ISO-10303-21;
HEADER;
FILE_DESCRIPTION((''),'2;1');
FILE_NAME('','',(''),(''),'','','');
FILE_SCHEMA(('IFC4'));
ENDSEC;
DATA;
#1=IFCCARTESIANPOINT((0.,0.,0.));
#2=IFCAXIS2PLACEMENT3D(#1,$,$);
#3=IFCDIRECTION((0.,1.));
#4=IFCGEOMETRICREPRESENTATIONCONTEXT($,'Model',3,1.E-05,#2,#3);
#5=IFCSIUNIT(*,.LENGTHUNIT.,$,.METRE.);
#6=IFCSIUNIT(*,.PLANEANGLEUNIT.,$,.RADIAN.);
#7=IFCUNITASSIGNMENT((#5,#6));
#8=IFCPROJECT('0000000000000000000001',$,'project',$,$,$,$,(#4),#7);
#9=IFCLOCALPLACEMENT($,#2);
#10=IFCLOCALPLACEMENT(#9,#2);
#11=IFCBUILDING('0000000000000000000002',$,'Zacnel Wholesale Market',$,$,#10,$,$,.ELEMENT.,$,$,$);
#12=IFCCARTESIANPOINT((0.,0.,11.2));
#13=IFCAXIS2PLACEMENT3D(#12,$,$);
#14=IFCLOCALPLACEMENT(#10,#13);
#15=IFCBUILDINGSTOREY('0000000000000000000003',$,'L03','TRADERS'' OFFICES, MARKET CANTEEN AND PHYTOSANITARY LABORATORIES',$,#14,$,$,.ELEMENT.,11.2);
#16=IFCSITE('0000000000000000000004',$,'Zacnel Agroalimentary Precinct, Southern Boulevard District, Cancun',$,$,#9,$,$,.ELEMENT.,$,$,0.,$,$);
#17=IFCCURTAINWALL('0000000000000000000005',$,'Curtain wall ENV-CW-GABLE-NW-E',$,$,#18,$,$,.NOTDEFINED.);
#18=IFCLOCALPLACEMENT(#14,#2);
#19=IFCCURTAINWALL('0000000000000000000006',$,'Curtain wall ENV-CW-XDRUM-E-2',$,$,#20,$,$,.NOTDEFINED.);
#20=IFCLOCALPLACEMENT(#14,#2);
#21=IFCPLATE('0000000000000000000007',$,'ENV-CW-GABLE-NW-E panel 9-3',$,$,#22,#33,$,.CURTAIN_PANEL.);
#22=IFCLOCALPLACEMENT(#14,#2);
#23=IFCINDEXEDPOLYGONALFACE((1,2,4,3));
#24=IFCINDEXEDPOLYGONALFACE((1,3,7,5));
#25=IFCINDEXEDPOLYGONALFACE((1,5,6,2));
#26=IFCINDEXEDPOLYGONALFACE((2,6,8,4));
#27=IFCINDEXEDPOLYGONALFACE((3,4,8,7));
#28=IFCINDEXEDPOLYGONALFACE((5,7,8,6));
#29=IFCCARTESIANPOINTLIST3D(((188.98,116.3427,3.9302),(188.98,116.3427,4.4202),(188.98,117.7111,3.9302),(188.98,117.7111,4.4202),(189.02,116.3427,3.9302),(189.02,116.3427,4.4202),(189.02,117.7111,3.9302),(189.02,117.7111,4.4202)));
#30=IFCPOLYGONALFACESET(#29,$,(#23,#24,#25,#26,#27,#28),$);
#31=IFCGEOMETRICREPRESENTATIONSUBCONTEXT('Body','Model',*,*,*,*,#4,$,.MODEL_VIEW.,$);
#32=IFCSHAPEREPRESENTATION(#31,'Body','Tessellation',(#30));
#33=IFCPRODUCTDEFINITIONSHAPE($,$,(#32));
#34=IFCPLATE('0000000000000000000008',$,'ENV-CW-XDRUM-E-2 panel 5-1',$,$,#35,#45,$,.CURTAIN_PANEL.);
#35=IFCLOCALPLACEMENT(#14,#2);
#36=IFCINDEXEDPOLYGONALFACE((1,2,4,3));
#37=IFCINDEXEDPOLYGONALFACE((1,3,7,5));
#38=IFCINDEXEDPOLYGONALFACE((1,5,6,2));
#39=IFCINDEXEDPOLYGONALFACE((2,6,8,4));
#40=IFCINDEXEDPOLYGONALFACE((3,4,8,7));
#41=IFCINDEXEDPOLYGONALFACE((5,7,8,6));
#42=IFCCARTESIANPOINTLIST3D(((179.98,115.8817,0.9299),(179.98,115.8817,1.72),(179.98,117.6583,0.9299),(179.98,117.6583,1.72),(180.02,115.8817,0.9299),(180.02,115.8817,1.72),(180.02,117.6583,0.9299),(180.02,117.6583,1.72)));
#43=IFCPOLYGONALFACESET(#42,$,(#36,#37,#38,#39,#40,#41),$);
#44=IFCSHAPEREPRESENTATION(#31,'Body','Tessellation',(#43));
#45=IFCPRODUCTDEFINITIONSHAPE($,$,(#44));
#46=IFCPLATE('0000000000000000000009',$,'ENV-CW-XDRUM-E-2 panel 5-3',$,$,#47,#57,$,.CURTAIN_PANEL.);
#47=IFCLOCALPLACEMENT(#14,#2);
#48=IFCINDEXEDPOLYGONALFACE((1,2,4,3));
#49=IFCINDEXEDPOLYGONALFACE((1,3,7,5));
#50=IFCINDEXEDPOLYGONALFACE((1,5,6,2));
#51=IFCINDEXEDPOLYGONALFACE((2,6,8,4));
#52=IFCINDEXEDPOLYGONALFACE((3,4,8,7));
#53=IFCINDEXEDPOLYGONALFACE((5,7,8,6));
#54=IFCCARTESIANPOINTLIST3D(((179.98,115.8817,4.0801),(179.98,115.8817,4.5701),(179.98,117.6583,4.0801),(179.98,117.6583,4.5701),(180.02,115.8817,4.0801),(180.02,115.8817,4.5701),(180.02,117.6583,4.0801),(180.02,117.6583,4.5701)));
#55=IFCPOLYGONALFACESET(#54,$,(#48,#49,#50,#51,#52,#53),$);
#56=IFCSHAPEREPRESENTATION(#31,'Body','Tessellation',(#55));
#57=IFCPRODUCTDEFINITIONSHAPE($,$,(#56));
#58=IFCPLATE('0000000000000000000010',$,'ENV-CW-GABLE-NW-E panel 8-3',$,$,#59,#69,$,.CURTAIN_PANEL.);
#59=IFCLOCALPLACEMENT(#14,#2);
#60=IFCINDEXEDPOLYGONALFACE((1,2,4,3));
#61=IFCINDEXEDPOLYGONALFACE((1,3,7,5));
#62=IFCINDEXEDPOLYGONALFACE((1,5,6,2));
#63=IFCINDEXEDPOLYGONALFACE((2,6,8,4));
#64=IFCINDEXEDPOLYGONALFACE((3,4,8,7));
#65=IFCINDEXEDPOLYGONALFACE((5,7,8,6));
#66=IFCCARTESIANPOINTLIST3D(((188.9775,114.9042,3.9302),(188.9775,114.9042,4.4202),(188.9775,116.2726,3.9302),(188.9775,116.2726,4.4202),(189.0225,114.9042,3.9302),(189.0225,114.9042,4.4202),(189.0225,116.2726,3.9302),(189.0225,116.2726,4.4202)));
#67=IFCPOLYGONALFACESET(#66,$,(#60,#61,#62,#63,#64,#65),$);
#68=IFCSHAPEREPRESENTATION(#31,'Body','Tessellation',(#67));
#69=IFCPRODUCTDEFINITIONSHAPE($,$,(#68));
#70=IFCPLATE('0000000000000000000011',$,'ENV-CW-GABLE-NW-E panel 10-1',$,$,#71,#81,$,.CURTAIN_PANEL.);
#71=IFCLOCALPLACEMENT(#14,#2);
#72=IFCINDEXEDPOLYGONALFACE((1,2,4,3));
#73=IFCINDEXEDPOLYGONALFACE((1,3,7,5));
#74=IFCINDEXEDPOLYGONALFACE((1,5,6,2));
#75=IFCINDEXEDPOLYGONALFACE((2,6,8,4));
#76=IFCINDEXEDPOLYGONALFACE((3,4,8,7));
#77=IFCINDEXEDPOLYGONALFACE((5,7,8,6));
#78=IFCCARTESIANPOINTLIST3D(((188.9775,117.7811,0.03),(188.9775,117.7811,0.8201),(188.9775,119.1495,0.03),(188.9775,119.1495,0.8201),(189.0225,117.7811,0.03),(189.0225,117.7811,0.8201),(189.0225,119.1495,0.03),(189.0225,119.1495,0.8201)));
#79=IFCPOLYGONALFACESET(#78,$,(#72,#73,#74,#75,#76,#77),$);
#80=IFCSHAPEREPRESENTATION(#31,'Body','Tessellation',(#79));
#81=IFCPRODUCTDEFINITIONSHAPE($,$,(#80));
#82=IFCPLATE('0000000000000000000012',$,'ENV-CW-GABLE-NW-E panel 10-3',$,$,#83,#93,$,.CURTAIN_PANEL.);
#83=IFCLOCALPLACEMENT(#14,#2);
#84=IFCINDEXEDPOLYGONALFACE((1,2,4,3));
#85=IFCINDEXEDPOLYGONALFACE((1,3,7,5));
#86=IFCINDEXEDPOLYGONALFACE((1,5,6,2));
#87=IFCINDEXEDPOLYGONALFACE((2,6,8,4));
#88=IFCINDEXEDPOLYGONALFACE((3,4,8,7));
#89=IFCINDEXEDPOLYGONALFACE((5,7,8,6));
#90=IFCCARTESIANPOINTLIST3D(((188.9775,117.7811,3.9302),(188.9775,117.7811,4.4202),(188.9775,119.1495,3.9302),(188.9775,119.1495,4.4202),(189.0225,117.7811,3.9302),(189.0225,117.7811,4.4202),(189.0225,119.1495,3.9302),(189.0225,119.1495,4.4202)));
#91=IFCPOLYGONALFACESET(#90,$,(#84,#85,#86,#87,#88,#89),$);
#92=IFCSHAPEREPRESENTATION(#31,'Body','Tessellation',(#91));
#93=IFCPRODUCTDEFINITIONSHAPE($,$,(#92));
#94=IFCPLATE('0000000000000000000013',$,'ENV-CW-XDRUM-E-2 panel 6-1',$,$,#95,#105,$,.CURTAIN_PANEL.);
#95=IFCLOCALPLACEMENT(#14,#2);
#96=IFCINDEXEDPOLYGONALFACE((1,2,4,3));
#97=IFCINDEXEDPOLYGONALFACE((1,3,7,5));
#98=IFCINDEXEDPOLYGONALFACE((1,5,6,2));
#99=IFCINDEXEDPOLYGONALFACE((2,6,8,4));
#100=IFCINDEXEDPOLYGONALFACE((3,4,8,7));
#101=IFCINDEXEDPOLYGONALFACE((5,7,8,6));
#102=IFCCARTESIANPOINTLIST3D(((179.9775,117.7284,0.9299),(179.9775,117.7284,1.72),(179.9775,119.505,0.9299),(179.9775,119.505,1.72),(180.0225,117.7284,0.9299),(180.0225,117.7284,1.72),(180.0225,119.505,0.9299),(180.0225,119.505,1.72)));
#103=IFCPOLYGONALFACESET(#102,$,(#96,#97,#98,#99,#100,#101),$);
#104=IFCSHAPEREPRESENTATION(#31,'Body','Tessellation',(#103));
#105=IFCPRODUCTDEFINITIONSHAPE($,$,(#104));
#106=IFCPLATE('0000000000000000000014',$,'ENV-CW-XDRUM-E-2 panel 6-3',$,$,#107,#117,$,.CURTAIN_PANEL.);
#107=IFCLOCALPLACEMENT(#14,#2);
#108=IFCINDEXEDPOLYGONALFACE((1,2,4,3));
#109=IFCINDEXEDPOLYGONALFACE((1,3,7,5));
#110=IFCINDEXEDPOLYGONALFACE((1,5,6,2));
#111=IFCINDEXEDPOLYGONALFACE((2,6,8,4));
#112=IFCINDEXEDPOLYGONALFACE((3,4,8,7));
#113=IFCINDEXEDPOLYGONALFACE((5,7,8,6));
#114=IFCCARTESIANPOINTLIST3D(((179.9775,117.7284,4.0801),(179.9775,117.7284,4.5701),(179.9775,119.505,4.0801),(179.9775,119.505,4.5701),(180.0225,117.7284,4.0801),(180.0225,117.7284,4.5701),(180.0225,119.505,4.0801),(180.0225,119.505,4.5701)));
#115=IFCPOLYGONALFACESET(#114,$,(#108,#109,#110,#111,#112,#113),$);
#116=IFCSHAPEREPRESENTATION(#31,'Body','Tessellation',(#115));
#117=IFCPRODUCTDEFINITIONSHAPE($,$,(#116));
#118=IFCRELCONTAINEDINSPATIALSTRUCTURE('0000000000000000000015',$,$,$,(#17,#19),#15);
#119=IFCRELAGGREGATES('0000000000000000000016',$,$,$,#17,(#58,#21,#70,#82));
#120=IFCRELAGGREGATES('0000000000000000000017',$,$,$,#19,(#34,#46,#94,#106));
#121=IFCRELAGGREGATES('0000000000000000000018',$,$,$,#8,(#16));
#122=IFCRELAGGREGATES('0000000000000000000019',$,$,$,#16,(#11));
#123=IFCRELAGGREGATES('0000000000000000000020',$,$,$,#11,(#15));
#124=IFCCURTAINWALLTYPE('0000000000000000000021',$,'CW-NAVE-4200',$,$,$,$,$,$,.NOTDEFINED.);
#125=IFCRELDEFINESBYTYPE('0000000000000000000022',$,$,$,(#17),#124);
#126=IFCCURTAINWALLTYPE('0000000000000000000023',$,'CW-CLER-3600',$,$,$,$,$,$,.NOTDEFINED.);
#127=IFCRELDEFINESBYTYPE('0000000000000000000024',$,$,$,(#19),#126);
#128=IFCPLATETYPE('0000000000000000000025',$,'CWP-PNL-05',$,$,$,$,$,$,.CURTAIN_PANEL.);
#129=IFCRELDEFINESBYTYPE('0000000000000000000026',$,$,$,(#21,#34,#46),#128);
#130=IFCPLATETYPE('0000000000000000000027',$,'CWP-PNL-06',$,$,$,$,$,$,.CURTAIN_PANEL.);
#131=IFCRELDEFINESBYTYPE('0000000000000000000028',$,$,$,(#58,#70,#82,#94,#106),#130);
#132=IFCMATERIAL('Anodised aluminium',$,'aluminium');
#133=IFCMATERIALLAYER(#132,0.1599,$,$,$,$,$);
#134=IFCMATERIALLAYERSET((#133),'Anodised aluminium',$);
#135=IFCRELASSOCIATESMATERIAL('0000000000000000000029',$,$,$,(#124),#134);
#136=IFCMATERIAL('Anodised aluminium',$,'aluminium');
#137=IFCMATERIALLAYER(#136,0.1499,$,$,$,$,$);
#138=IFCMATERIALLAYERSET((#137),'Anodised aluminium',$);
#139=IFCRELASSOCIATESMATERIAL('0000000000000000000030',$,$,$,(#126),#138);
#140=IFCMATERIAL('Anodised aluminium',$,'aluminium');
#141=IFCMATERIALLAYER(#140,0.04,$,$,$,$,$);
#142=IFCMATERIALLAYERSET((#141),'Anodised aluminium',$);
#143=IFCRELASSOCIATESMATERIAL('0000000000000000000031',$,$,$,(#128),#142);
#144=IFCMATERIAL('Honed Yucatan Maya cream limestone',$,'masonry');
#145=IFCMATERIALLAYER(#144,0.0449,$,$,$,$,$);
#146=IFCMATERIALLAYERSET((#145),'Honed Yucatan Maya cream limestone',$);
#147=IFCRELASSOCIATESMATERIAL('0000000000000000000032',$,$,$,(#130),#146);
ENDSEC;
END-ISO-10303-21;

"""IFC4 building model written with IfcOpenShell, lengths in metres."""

from ifc_helpers import new_model, si_unit, direction, frame, origin, origin_2d, place, context, subcontext, project, spatial, rectangle, extrude, material, layer, layer_set, type_object, element, aggregate, save


model = new_model("IFC4")

# Units and contexts
model_context = context("Model", 3, precision=1e-05, world=origin(), true_north=direction((0.0, 1.0)))
body_context = subcontext(model_context, "Body", "Model", "MODEL_VIEW")
ifc_project = project(units=[si_unit("LENGTHUNIT", "METRE"), si_unit("PLANEANGLEUNIT", "RADIAN")], contexts=[model_context])

# Site, building, storey
site_placement = place(None, origin())
site = spatial("IfcSite", under=ifc_project, at=site_placement, Name="Zacnel Agroalimentary Precinct, Southern Boulevard District, Cancun", CompositionType="ELEMENT", RefElevation=0.0)
building_placement = place(site_placement, origin())
building = spatial("IfcBuilding", under=site, at=building_placement, Name="Zacnel Wholesale Market", CompositionType="ELEMENT")
storey_placement = place(building_placement, frame((0.0, 0.0, 11.2)))
storey = spatial("IfcBuildingStorey", under=building, at=storey_placement, Name="L03", Description="TRADERS' OFFICES, MARKET CANTEEN AND PHYTOSANITARY LABORATORIES", CompositionType="ELEMENT", Elevation=11.2)

# Curtain walls
ifc_material_1 = material(Name="Anodised aluminium", Category="aluminium")
ifc_layer_1 = layer(ifc_material_1, 0.1599)
ifc_layer_set_1 = layer_set([ifc_layer_1], Name="Anodised aluminium")
curtain_wall_type_1 = type_object("IfcCurtainWallType", Name="CW-NAVE-4200", PredefinedType="NOTDEFINED", material=ifc_layer_set_1)
curtain_wall_1_placement = place(storey_placement, origin())
curtain_wall_1 = element("IfcCurtainWall", 1, at=curtain_wall_1_placement, inside=storey, type_object=curtain_wall_type_1, Name="Curtain wall ENV-CW-GABLE-NW-E", PredefinedType="NOTDEFINED")
ifc_material_2 = material(Name="Anodised aluminium", Category="aluminium")
ifc_layer_2 = layer(ifc_material_2, 0.1499)
ifc_layer_set_2 = layer_set([ifc_layer_2], Name="Anodised aluminium")
curtain_wall_type_2 = type_object("IfcCurtainWallType", Name="CW-CLER-3600", PredefinedType="NOTDEFINED", material=ifc_layer_set_2)
curtain_wall_2_placement = place(storey_placement, origin())
curtain_wall_2 = element("IfcCurtainWall", 2, at=curtain_wall_2_placement, inside=storey, type_object=curtain_wall_type_2, Name="Curtain wall ENV-CW-XDRUM-E-2", PredefinedType="NOTDEFINED")

# Plates
ifc_material_3 = material(Name="Anodised aluminium", Category="aluminium")
ifc_layer_3 = layer(ifc_material_3, 0.04)
ifc_layer_set_3 = layer_set([ifc_layer_3], Name="Anodised aluminium")
plate_type_1 = type_object("IfcPlateType", Name="CWP-PNL-05", PredefinedType="CURTAIN_PANEL", material=ifc_layer_set_3)
plate_1_placement = place(storey_placement, frame((189.0, 117.0269, 3.9302), z_axis=(0.0, 0.0, 1.0), x_axis=(0.0, 1.0, 0.0)))
plate_1 = element("IfcPlate", 3, at=plate_1_placement, type_object=plate_type_1, Name="ENV-CW-GABLE-NW-E panel 9-3", PredefinedType="CURTAIN_PANEL", context=body_context, shape_type="SweptSolid", body=[
    extrude(rectangle(XDim=1.3684, YDim=0.04, at=origin_2d()), origin(), (0.0, 0.0, 1.0), 0.49),
])
plate_2_placement = place(storey_placement, frame((180.0, 116.77, 0.9299), z_axis=(0.0, 0.0, 1.0), x_axis=(0.0, 1.0, 0.0)))
plate_2 = element("IfcPlate", 4, at=plate_2_placement, type_object=plate_type_1, Name="ENV-CW-XDRUM-E-2 panel 5-1", PredefinedType="CURTAIN_PANEL", context=body_context, shape_type="SweptSolid", body=[
    extrude(rectangle(XDim=1.7766, YDim=0.04, at=origin_2d()), origin(), (0.0, 0.0, 1.0), 0.79),
])
plate_3_placement = place(storey_placement, frame((180.0, 116.77, 4.0801), z_axis=(0.0, 0.0, 1.0), x_axis=(0.0, 1.0, 0.0)))
plate_3 = element("IfcPlate", 5, at=plate_3_placement, type_object=plate_type_1, Name="ENV-CW-XDRUM-E-2 panel 5-3", PredefinedType="CURTAIN_PANEL", context=body_context, shape_type="SweptSolid", body=[
    extrude(rectangle(XDim=1.7766, YDim=0.04, at=origin_2d()), origin(), (0.0, 0.0, 1.0), 0.49),
])
ifc_material_4 = material(Name="Honed Yucatan Maya cream limestone", Category="masonry")
ifc_layer_4 = layer(ifc_material_4, 0.0449)
ifc_layer_set_4 = layer_set([ifc_layer_4], Name="Honed Yucatan Maya cream limestone")
plate_type_2 = type_object("IfcPlateType", Name="CWP-PNL-06", PredefinedType="CURTAIN_PANEL", material=ifc_layer_set_4)
plate_4_placement = place(storey_placement, frame((189.0, 115.5884, 3.9302), z_axis=(0.0, 0.0, 1.0), x_axis=(0.0, 1.0, 0.0)))
plate_4 = element("IfcPlate", 6, at=plate_4_placement, type_object=plate_type_2, Name="ENV-CW-GABLE-NW-E panel 8-3", PredefinedType="CURTAIN_PANEL", context=body_context, shape_type="SweptSolid", body=[
    extrude(rectangle(XDim=1.3684, YDim=0.0449, at=origin_2d()), origin(), (0.0, 0.0, 1.0), 0.49),
])
plate_5_placement = place(storey_placement, frame((189.0, 118.4653, 0.03), z_axis=(0.0, 0.0, 1.0), x_axis=(0.0, 1.0, 0.0)))
plate_5 = element("IfcPlate", 7, at=plate_5_placement, type_object=plate_type_2, Name="ENV-CW-GABLE-NW-E panel 10-1", PredefinedType="CURTAIN_PANEL", context=body_context, shape_type="SweptSolid", body=[
    extrude(rectangle(XDim=1.3684, YDim=0.0449, at=origin_2d()), origin(), (0.0, 0.0, 1.0), 0.79),
])
plate_6_placement = place(storey_placement, frame((189.0, 118.4653, 3.9302), z_axis=(0.0, 0.0, 1.0), x_axis=(0.0, 1.0, 0.0)))
plate_6 = element("IfcPlate", 8, at=plate_6_placement, type_object=plate_type_2, Name="ENV-CW-GABLE-NW-E panel 10-3", PredefinedType="CURTAIN_PANEL", context=body_context, shape_type="SweptSolid", body=[
    extrude(rectangle(XDim=1.3684, YDim=0.0449, at=origin_2d()), origin(), (0.0, 0.0, 1.0), 0.49),
])
aggregate(curtain_wall_1, [plate_4, plate_1, plate_5, plate_6])
plate_7_placement = place(storey_placement, frame((180.0, 118.6167, 0.9299), z_axis=(0.0, 0.0, 1.0), x_axis=(0.0, 1.0, 0.0)))
plate_7 = element("IfcPlate", 9, at=plate_7_placement, type_object=plate_type_2, Name="ENV-CW-XDRUM-E-2 panel 6-1", PredefinedType="CURTAIN_PANEL", context=body_context, shape_type="SweptSolid", body=[
    extrude(rectangle(XDim=1.7766, YDim=0.0449, at=origin_2d()), origin(), (0.0, 0.0, 1.0), 0.79),
])
plate_8_placement = place(storey_placement, frame((180.0, 118.6167, 4.0801), z_axis=(0.0, 0.0, 1.0), x_axis=(0.0, 1.0, 0.0)))
plate_8 = element("IfcPlate", 10, at=plate_8_placement, type_object=plate_type_2, Name="ENV-CW-XDRUM-E-2 panel 6-3", PredefinedType="CURTAIN_PANEL", context=body_context, shape_type="SweptSolid", body=[
    extrude(rectangle(XDim=1.7766, YDim=0.0449, at=origin_2d()), origin(), (0.0, 0.0, 1.0), 0.49),
])
aggregate(curtain_wall_2, [plate_2, plate_3, plate_7, plate_8])

save(model, "model.ifc")
